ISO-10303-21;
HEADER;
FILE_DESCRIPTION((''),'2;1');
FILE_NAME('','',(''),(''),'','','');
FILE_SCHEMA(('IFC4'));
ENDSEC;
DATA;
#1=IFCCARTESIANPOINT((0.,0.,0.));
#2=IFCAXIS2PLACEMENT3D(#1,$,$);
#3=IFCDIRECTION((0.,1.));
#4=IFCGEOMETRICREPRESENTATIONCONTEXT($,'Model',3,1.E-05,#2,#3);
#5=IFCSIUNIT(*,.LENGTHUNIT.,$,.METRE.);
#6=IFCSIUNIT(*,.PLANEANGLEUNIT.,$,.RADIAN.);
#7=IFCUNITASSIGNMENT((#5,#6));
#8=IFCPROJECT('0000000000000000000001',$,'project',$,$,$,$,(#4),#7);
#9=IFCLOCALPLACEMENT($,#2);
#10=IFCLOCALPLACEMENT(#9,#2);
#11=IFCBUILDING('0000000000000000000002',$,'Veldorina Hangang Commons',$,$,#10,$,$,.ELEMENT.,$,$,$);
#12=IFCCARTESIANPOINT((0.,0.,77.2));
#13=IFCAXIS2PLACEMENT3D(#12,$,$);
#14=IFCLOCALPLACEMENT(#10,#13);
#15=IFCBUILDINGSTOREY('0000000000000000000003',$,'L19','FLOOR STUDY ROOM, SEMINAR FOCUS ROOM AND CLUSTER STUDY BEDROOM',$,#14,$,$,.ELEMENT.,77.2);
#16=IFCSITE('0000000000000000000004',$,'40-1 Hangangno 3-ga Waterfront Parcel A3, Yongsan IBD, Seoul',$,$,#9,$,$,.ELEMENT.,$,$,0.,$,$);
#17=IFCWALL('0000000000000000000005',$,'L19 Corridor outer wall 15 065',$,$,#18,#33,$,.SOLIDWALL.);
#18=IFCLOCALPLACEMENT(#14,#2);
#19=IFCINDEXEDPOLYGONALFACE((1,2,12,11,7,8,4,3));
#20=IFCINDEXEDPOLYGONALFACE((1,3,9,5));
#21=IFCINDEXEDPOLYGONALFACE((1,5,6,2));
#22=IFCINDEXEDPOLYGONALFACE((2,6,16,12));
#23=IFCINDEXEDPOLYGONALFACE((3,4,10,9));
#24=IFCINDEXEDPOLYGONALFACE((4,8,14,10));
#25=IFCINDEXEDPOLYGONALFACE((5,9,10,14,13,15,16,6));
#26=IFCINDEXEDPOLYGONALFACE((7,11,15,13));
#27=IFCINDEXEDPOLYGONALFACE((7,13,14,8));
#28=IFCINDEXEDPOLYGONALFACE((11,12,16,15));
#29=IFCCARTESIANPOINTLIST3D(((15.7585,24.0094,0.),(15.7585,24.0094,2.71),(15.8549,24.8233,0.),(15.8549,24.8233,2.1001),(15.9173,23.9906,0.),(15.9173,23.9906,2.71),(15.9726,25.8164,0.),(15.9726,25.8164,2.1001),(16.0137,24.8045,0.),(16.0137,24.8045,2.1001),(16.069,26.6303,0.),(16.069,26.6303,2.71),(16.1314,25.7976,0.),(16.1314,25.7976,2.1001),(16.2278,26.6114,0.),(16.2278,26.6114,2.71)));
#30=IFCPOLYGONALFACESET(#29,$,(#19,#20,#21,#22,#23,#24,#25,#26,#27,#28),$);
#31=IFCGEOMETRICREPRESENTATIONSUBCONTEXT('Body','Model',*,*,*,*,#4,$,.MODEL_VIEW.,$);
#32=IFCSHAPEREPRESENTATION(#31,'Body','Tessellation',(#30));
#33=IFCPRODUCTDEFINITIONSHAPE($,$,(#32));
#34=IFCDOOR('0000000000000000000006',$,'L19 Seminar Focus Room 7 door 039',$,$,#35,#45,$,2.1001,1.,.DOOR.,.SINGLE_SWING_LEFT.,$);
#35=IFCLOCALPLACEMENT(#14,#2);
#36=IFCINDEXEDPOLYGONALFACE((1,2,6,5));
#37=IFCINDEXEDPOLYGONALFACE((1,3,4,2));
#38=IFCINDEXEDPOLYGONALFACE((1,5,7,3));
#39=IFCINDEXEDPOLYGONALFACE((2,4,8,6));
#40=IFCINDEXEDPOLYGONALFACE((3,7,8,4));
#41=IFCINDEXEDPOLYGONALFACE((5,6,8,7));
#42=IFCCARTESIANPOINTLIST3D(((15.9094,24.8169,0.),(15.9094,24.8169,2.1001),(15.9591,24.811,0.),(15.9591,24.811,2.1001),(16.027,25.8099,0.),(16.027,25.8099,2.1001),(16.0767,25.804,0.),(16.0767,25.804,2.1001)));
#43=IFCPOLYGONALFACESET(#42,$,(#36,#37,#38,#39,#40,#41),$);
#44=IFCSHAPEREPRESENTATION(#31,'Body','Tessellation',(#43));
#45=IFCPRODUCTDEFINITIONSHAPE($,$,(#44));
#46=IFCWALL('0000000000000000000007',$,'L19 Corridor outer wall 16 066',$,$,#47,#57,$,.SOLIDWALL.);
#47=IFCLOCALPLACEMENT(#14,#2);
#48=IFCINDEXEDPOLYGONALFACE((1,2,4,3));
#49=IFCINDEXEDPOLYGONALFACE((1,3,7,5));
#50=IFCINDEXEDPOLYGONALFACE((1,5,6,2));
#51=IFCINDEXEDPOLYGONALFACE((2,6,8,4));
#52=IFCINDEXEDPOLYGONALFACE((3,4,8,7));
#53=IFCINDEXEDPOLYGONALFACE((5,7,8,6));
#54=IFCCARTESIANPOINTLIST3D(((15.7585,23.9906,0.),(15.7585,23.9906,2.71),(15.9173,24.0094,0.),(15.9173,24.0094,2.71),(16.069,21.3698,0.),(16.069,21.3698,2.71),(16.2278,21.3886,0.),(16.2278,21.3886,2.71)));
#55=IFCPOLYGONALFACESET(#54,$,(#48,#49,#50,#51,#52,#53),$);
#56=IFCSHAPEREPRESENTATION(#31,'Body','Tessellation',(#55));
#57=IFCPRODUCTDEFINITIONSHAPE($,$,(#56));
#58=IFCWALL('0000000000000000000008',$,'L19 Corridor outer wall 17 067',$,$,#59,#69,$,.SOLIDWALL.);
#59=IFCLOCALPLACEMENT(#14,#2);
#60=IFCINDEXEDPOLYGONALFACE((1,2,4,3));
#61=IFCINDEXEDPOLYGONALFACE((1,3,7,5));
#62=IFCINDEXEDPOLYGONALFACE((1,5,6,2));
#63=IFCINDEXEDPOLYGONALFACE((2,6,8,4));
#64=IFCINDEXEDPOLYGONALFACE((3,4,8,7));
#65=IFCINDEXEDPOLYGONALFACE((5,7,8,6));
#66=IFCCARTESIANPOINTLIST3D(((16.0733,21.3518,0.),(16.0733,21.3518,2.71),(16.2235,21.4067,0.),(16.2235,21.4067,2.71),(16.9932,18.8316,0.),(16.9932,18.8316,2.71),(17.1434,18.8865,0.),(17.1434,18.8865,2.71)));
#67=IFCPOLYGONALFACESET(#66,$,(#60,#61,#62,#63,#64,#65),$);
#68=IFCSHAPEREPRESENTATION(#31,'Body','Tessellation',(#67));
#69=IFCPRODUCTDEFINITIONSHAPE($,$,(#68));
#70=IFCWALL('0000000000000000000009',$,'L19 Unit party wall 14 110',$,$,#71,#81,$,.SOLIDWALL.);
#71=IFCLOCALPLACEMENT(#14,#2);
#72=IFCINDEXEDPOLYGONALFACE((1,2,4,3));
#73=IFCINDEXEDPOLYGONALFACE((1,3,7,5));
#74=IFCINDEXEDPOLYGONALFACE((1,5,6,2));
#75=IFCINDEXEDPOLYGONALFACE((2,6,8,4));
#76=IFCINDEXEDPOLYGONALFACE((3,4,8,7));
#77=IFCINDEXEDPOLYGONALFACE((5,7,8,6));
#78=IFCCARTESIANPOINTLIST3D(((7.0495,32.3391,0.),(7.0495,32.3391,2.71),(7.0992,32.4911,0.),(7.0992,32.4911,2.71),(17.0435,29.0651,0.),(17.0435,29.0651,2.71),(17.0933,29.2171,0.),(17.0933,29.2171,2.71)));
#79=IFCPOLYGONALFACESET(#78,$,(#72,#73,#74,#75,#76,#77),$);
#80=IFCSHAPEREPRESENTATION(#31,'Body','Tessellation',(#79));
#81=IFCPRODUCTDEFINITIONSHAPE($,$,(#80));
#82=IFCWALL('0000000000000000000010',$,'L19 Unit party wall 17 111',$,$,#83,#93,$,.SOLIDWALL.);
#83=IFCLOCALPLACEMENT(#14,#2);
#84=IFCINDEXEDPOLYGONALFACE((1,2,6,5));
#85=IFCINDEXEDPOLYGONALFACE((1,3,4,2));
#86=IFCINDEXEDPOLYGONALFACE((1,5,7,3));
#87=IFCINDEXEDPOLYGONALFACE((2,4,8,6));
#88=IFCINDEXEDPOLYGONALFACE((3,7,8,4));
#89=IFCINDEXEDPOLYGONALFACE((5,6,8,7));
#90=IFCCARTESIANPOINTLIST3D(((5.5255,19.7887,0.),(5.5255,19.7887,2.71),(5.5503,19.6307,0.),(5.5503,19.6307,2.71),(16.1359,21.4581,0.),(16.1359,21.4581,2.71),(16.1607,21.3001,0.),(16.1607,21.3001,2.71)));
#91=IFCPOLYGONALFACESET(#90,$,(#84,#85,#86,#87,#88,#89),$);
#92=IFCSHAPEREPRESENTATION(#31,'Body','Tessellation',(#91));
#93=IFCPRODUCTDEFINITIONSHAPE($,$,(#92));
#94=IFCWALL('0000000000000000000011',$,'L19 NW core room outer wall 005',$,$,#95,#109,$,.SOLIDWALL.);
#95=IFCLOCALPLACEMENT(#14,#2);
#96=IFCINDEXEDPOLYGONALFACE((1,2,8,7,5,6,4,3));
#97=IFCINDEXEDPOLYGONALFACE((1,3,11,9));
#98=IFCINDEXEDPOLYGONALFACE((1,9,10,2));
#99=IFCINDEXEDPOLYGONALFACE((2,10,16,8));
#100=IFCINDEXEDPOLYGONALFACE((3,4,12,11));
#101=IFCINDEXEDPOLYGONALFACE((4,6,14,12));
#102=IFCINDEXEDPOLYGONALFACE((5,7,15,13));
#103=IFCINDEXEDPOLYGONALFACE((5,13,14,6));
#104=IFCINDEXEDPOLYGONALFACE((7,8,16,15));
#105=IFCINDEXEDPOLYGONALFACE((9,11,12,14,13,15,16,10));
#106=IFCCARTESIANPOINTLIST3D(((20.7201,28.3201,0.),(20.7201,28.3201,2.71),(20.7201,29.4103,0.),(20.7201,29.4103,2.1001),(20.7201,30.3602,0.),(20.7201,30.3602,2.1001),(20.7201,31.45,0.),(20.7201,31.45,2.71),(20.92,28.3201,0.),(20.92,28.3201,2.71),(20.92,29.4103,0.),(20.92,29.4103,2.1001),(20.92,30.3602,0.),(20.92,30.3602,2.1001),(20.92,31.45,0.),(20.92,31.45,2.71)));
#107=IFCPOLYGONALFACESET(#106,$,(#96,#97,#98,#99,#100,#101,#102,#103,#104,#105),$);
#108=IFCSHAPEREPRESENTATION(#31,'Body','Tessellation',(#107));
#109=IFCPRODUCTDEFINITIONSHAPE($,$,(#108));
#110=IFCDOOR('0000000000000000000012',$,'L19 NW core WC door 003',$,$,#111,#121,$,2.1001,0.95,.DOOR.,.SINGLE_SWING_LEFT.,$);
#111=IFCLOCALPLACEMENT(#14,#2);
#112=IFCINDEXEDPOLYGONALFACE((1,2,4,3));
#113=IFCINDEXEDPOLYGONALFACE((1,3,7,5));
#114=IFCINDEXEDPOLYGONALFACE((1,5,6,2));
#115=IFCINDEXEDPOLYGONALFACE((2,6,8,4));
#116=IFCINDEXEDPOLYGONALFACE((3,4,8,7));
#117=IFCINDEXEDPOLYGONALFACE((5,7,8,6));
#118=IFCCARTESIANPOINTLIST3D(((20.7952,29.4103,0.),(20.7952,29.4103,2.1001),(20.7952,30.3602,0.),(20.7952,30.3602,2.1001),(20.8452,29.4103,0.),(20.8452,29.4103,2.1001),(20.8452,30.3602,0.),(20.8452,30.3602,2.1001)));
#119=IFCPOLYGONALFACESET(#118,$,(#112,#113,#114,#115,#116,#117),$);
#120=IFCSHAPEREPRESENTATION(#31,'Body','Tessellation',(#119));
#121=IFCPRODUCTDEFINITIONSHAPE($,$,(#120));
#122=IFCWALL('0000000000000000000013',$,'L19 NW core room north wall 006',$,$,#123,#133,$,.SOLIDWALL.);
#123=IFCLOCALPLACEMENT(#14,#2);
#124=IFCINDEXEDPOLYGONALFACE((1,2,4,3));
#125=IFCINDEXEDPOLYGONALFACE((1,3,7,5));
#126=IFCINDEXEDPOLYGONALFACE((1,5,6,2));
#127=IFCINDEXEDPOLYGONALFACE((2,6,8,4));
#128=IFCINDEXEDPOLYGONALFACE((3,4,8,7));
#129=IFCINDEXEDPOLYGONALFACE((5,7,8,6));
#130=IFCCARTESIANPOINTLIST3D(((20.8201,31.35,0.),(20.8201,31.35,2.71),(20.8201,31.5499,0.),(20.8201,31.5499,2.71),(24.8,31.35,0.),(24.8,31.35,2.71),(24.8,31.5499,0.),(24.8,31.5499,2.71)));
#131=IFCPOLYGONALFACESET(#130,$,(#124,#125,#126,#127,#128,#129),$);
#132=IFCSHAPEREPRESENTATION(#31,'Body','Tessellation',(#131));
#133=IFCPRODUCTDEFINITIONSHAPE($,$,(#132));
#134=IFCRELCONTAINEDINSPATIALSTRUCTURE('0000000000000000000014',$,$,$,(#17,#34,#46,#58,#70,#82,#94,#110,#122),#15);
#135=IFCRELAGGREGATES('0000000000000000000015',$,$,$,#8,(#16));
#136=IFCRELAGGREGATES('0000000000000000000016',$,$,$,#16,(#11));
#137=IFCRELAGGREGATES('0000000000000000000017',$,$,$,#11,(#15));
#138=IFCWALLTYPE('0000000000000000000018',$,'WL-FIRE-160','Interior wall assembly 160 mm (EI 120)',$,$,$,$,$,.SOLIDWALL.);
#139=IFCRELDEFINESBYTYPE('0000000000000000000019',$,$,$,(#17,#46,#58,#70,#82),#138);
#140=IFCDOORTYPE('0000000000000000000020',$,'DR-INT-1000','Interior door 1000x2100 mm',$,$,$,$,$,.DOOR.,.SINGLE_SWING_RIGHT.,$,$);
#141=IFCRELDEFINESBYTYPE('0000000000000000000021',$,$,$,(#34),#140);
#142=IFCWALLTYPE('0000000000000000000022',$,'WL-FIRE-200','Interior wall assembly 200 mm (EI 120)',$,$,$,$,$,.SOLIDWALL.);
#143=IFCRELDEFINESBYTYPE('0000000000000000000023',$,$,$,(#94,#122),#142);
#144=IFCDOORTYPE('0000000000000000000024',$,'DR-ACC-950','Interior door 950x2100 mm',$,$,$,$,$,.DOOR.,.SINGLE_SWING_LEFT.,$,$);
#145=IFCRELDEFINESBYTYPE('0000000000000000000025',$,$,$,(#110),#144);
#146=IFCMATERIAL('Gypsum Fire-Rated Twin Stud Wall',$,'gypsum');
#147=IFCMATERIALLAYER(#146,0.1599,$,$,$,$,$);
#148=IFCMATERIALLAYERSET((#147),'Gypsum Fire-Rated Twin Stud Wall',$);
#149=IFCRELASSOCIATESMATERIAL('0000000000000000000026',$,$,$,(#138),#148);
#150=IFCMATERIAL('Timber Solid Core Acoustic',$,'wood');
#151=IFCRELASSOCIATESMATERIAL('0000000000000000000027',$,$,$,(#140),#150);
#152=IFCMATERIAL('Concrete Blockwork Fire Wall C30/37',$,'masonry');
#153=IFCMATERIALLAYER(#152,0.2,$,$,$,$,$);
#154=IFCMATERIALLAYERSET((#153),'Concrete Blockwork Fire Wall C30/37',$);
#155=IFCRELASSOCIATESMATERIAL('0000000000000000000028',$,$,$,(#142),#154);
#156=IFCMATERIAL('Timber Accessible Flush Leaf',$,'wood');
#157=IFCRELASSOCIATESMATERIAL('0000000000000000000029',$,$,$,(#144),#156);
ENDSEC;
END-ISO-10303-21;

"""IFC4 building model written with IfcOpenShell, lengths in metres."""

from ifc_helpers import new_model, si_unit, direction, frame, frame_2d, origin, place, context, subcontext, project, spatial, rectangle, extrude, material, layer, layer_set, type_object, element, fill, save


model = new_model("IFC4")

# Units and contexts
model_context = context("Model", 3, precision=1e-05, world=origin(), true_north=direction((0.0, 1.0)))
body_context = subcontext(model_context, "Body", "Model", "MODEL_VIEW")
ifc_project = project(units=[si_unit("LENGTHUNIT", "METRE"), si_unit("PLANEANGLEUNIT", "RADIAN")], contexts=[model_context])

# Site, building, storey
site_placement = place(None, origin())
site = spatial("IfcSite", under=ifc_project, at=site_placement, Name="40-1 Hangangno 3-ga Waterfront Parcel A3, Yongsan IBD, Seoul", CompositionType="ELEMENT", RefElevation=0.0)
building_placement = place(site_placement, origin())
building = spatial("IfcBuilding", under=site, at=building_placement, Name="Veldorina Hangang Commons", CompositionType="ELEMENT")
storey_placement = place(building_placement, frame((0.0, 0.0, 77.2)))
storey = spatial("IfcBuildingStorey", under=building, at=storey_placement, Name="L19", Description="FLOOR STUDY ROOM, SEMINAR FOCUS ROOM AND CLUSTER STUDY BEDROOM", CompositionType="ELEMENT", Elevation=77.2)

# Shared definitions
ifc_material_1 = material(Name="Gypsum Fire-Rated Twin Stud Wall", Category="gypsum")
ifc_layer_1 = layer(ifc_material_1, 0.1599)
ifc_layer_set_1 = layer_set([ifc_layer_1], Name="Gypsum Fire-Rated Twin Stud Wall")
wall_type_1 = type_object("IfcWallType", Name="WL-FIRE-160", Description="Interior wall assembly 160 mm (EI 120)", PredefinedType="SOLIDWALL", material=ifc_layer_set_1)

# Wall, opening, door
wall_1_placement = place(storey_placement, frame((16.1484, 26.6208, 0.0), z_axis=(0.0, 0.0, 1.0), x_axis=(-0.117668, -0.993053, 0.0)))
wall_1 = element("IfcWall", 1, at=wall_1_placement, inside=storey, type_object=wall_type_1, Name="L19 Corridor outer wall 15 065", PredefinedType="SOLIDWALL", context=body_context, shape_type="SweptSolid", body=[
    extrude(rectangle(XDim=2.6392, YDim=0.1599, at=frame_2d((1.3196, 0.0))), origin(), (0.0, 0.0, 1.0), 2.71),
])
opening_1_placement = place(wall_1_placement, frame((0.8196, 0.0, 0.0)))
opening_1 = element("IfcOpeningElement", 2, at=opening_1_placement, cuts=wall_1, PredefinedType="OPENING", context=body_context, shape_type="SweptSolid", body=[
    extrude(rectangle(XDim=1.0, YDim=2.1001, at=frame_2d((0.5, 1.05))), frame((0.0, 0.0898, 0.0), z_axis=(0.0, -1.0, 0.0), x_axis=(1.0, 0.0, 0.0)), (0.0, 0.0, 1.0), 0.1799),
])
ifc_material_2 = material(Name="Timber Solid Core Acoustic", Category="wood")
door_type_1 = type_object("IfcDoorType", Name="DR-INT-1000", Description="Interior door 1000x2100 mm", OperationType="SINGLE_SWING_RIGHT", PredefinedType="DOOR", material=ifc_material_2)
door_1_placement = place(opening_1_placement, origin())
door_1 = element("IfcDoor", 3, at=door_1_placement, inside=storey, type_object=door_type_1, Name="L19 Seminar Focus Room 7 door 039", OperationType="SINGLE_SWING_LEFT", OverallHeight=2.1001, OverallWidth=1.0, PredefinedType="DOOR", context=body_context, shape_type="SweptSolid", body=[
    extrude(rectangle(XDim=1.0, YDim=2.1001, at=frame_2d((0.5, 1.05))), frame((0.0, 0.0249, 0.0), z_axis=(0.0, -1.0, 0.0), x_axis=(1.0, 0.0, 0.0)), (0.0, 0.0, 1.0), 0.05),
])
fill(opening_1, door_1)

# Walls
wall_2_placement = place(storey_placement, frame((15.8379, 24.0, 0.0), z_axis=(0.0, 0.0, 1.0), x_axis=(0.117668, -0.993053, 0.0)))
element("IfcWall", 4, at=wall_2_placement, inside=storey, type_object=wall_type_1, Name="L19 Corridor outer wall 16 066", PredefinedType="SOLIDWALL", context=body_context, shape_type="SweptSolid", body=[
    extrude(rectangle(XDim=2.6392, YDim=0.1599, at=frame_2d((1.3196, 0.0))), origin(), (0.0, 0.0, 1.0), 2.71),
])
wall_3_placement = place(storey_placement, frame((16.1484, 21.3792, 0.0), z_axis=(0.0, 0.0, 1.0), x_axis=(0.342883, -0.939378, 0.0)))
element("IfcWall", 5, at=wall_3_placement, inside=storey, type_object=wall_type_1, Name="L19 Corridor outer wall 17 067", PredefinedType="SOLIDWALL", context=body_context, shape_type="SweptSolid", body=[
    extrude(rectangle(XDim=2.6829, YDim=0.1599, at=frame_2d((1.3413, 0.0))), origin(), (0.0, 0.0, 1.0), 2.71),
])
wall_4_placement = place(storey_placement, frame((17.0684, 29.1411, 0.0), z_axis=(0.0, 0.0, 1.0), x_axis=(-0.950307, 0.311314, 0.0)))
element("IfcWall", 6, at=wall_4_placement, inside=storey, type_object=wall_type_1, Name="L19 Unit party wall 14 110", PredefinedType="SOLIDWALL", context=body_context, shape_type="SweptSolid", body=[
    extrude(rectangle(XDim=10.5166, YDim=0.1599, at=frame_2d((5.2583, 0.0))), origin(), (0.0, 0.0, 1.0), 2.71),
])
wall_5_placement = place(storey_placement, frame((16.1484, 21.3792, 0.0), z_axis=(0.0, 0.0, 1.0), x_axis=(-0.987847, -0.155428, 0.0)))
element("IfcWall", 7, at=wall_5_placement, inside=storey, type_object=wall_type_1, Name="L19 Unit party wall 17 111", PredefinedType="SOLIDWALL", context=body_context, shape_type="SweptSolid", body=[
    extrude(rectangle(XDim=10.741, YDim=0.1599, at=frame_2d((5.3706, 0.0))), origin(), (0.0, 0.0, 1.0), 2.71),
])

# Wall, opening, door
ifc_material_3 = material(Name="Concrete Blockwork Fire Wall C30/37", Category="masonry")
ifc_layer_2 = layer(ifc_material_3, 0.2)
ifc_layer_set_2 = layer_set([ifc_layer_2], Name="Concrete Blockwork Fire Wall C30/37")
wall_type_2 = type_object("IfcWallType", Name="WL-FIRE-200", Description="Interior wall assembly 200 mm (EI 120)", PredefinedType="SOLIDWALL", material=ifc_layer_set_2)
wall_6_placement = place(storey_placement, frame((20.8201, 28.3201, 0.0), z_axis=(0.0, 0.0, 1.0), x_axis=(0.0, 1.0, 0.0)))
wall_6 = element("IfcWall", 8, at=wall_6_placement, inside=storey, type_object=wall_type_2, Name="L19 NW core room outer wall 005", PredefinedType="SOLIDWALL", context=body_context, shape_type="SweptSolid", body=[
    extrude(rectangle(XDim=3.1299, YDim=0.2, at=frame_2d((1.5649, 0.0))), origin(), (0.0, 0.0, 1.0), 2.71),
])
opening_2_placement = place(wall_6_placement, frame((1.0901, 0.0, 0.0)))
opening_2 = element("IfcOpeningElement", 9, at=opening_2_placement, cuts=wall_6, PredefinedType="OPENING", context=body_context, shape_type="SweptSolid", body=[
    extrude(rectangle(XDim=0.95, YDim=2.1001, at=frame_2d((0.4751, 1.05))), frame((0.0, 0.1099, 0.0), z_axis=(0.0, -1.0, 0.0), x_axis=(1.0, 0.0, 0.0)), (0.0, 0.0, 1.0), 0.22),
])
ifc_material_4 = material(Name="Timber Accessible Flush Leaf", Category="wood")
door_type_2 = type_object("IfcDoorType", Name="DR-ACC-950", Description="Interior door 950x2100 mm", OperationType="SINGLE_SWING_LEFT", PredefinedType="DOOR", material=ifc_material_4)
door_2_placement = place(opening_2_placement, origin())
door_2 = element("IfcDoor", 10, at=door_2_placement, inside=storey, type_object=door_type_2, Name="L19 NW core WC door 003", OperationType="SINGLE_SWING_LEFT", OverallHeight=2.1001, OverallWidth=0.95, PredefinedType="DOOR", context=body_context, shape_type="SweptSolid", body=[
    extrude(rectangle(XDim=0.95, YDim=2.1001, at=frame_2d((0.4751, 1.05))), frame((0.0, 0.0249, 0.0), z_axis=(0.0, -1.0, 0.0), x_axis=(1.0, 0.0, 0.0)), (0.0, 0.0, 1.0), 0.05),
])
fill(opening_2, door_2)

# Wall
wall_7_placement = place(storey_placement, frame((20.8201, 31.45, 0.0), z_axis=(0.0, 0.0, 1.0), x_axis=(1.0, 0.0, 0.0)))
element("IfcWall", 11, at=wall_7_placement, inside=storey, type_object=wall_type_2, Name="L19 NW core room north wall 006", PredefinedType="SOLIDWALL", context=body_context, shape_type="SweptSolid", body=[
    extrude(rectangle(XDim=3.98, YDim=0.2, at=frame_2d((1.99, 0.0))), origin(), (0.0, 0.0, 1.0), 2.71),
])

save(model, "model.ifc")
